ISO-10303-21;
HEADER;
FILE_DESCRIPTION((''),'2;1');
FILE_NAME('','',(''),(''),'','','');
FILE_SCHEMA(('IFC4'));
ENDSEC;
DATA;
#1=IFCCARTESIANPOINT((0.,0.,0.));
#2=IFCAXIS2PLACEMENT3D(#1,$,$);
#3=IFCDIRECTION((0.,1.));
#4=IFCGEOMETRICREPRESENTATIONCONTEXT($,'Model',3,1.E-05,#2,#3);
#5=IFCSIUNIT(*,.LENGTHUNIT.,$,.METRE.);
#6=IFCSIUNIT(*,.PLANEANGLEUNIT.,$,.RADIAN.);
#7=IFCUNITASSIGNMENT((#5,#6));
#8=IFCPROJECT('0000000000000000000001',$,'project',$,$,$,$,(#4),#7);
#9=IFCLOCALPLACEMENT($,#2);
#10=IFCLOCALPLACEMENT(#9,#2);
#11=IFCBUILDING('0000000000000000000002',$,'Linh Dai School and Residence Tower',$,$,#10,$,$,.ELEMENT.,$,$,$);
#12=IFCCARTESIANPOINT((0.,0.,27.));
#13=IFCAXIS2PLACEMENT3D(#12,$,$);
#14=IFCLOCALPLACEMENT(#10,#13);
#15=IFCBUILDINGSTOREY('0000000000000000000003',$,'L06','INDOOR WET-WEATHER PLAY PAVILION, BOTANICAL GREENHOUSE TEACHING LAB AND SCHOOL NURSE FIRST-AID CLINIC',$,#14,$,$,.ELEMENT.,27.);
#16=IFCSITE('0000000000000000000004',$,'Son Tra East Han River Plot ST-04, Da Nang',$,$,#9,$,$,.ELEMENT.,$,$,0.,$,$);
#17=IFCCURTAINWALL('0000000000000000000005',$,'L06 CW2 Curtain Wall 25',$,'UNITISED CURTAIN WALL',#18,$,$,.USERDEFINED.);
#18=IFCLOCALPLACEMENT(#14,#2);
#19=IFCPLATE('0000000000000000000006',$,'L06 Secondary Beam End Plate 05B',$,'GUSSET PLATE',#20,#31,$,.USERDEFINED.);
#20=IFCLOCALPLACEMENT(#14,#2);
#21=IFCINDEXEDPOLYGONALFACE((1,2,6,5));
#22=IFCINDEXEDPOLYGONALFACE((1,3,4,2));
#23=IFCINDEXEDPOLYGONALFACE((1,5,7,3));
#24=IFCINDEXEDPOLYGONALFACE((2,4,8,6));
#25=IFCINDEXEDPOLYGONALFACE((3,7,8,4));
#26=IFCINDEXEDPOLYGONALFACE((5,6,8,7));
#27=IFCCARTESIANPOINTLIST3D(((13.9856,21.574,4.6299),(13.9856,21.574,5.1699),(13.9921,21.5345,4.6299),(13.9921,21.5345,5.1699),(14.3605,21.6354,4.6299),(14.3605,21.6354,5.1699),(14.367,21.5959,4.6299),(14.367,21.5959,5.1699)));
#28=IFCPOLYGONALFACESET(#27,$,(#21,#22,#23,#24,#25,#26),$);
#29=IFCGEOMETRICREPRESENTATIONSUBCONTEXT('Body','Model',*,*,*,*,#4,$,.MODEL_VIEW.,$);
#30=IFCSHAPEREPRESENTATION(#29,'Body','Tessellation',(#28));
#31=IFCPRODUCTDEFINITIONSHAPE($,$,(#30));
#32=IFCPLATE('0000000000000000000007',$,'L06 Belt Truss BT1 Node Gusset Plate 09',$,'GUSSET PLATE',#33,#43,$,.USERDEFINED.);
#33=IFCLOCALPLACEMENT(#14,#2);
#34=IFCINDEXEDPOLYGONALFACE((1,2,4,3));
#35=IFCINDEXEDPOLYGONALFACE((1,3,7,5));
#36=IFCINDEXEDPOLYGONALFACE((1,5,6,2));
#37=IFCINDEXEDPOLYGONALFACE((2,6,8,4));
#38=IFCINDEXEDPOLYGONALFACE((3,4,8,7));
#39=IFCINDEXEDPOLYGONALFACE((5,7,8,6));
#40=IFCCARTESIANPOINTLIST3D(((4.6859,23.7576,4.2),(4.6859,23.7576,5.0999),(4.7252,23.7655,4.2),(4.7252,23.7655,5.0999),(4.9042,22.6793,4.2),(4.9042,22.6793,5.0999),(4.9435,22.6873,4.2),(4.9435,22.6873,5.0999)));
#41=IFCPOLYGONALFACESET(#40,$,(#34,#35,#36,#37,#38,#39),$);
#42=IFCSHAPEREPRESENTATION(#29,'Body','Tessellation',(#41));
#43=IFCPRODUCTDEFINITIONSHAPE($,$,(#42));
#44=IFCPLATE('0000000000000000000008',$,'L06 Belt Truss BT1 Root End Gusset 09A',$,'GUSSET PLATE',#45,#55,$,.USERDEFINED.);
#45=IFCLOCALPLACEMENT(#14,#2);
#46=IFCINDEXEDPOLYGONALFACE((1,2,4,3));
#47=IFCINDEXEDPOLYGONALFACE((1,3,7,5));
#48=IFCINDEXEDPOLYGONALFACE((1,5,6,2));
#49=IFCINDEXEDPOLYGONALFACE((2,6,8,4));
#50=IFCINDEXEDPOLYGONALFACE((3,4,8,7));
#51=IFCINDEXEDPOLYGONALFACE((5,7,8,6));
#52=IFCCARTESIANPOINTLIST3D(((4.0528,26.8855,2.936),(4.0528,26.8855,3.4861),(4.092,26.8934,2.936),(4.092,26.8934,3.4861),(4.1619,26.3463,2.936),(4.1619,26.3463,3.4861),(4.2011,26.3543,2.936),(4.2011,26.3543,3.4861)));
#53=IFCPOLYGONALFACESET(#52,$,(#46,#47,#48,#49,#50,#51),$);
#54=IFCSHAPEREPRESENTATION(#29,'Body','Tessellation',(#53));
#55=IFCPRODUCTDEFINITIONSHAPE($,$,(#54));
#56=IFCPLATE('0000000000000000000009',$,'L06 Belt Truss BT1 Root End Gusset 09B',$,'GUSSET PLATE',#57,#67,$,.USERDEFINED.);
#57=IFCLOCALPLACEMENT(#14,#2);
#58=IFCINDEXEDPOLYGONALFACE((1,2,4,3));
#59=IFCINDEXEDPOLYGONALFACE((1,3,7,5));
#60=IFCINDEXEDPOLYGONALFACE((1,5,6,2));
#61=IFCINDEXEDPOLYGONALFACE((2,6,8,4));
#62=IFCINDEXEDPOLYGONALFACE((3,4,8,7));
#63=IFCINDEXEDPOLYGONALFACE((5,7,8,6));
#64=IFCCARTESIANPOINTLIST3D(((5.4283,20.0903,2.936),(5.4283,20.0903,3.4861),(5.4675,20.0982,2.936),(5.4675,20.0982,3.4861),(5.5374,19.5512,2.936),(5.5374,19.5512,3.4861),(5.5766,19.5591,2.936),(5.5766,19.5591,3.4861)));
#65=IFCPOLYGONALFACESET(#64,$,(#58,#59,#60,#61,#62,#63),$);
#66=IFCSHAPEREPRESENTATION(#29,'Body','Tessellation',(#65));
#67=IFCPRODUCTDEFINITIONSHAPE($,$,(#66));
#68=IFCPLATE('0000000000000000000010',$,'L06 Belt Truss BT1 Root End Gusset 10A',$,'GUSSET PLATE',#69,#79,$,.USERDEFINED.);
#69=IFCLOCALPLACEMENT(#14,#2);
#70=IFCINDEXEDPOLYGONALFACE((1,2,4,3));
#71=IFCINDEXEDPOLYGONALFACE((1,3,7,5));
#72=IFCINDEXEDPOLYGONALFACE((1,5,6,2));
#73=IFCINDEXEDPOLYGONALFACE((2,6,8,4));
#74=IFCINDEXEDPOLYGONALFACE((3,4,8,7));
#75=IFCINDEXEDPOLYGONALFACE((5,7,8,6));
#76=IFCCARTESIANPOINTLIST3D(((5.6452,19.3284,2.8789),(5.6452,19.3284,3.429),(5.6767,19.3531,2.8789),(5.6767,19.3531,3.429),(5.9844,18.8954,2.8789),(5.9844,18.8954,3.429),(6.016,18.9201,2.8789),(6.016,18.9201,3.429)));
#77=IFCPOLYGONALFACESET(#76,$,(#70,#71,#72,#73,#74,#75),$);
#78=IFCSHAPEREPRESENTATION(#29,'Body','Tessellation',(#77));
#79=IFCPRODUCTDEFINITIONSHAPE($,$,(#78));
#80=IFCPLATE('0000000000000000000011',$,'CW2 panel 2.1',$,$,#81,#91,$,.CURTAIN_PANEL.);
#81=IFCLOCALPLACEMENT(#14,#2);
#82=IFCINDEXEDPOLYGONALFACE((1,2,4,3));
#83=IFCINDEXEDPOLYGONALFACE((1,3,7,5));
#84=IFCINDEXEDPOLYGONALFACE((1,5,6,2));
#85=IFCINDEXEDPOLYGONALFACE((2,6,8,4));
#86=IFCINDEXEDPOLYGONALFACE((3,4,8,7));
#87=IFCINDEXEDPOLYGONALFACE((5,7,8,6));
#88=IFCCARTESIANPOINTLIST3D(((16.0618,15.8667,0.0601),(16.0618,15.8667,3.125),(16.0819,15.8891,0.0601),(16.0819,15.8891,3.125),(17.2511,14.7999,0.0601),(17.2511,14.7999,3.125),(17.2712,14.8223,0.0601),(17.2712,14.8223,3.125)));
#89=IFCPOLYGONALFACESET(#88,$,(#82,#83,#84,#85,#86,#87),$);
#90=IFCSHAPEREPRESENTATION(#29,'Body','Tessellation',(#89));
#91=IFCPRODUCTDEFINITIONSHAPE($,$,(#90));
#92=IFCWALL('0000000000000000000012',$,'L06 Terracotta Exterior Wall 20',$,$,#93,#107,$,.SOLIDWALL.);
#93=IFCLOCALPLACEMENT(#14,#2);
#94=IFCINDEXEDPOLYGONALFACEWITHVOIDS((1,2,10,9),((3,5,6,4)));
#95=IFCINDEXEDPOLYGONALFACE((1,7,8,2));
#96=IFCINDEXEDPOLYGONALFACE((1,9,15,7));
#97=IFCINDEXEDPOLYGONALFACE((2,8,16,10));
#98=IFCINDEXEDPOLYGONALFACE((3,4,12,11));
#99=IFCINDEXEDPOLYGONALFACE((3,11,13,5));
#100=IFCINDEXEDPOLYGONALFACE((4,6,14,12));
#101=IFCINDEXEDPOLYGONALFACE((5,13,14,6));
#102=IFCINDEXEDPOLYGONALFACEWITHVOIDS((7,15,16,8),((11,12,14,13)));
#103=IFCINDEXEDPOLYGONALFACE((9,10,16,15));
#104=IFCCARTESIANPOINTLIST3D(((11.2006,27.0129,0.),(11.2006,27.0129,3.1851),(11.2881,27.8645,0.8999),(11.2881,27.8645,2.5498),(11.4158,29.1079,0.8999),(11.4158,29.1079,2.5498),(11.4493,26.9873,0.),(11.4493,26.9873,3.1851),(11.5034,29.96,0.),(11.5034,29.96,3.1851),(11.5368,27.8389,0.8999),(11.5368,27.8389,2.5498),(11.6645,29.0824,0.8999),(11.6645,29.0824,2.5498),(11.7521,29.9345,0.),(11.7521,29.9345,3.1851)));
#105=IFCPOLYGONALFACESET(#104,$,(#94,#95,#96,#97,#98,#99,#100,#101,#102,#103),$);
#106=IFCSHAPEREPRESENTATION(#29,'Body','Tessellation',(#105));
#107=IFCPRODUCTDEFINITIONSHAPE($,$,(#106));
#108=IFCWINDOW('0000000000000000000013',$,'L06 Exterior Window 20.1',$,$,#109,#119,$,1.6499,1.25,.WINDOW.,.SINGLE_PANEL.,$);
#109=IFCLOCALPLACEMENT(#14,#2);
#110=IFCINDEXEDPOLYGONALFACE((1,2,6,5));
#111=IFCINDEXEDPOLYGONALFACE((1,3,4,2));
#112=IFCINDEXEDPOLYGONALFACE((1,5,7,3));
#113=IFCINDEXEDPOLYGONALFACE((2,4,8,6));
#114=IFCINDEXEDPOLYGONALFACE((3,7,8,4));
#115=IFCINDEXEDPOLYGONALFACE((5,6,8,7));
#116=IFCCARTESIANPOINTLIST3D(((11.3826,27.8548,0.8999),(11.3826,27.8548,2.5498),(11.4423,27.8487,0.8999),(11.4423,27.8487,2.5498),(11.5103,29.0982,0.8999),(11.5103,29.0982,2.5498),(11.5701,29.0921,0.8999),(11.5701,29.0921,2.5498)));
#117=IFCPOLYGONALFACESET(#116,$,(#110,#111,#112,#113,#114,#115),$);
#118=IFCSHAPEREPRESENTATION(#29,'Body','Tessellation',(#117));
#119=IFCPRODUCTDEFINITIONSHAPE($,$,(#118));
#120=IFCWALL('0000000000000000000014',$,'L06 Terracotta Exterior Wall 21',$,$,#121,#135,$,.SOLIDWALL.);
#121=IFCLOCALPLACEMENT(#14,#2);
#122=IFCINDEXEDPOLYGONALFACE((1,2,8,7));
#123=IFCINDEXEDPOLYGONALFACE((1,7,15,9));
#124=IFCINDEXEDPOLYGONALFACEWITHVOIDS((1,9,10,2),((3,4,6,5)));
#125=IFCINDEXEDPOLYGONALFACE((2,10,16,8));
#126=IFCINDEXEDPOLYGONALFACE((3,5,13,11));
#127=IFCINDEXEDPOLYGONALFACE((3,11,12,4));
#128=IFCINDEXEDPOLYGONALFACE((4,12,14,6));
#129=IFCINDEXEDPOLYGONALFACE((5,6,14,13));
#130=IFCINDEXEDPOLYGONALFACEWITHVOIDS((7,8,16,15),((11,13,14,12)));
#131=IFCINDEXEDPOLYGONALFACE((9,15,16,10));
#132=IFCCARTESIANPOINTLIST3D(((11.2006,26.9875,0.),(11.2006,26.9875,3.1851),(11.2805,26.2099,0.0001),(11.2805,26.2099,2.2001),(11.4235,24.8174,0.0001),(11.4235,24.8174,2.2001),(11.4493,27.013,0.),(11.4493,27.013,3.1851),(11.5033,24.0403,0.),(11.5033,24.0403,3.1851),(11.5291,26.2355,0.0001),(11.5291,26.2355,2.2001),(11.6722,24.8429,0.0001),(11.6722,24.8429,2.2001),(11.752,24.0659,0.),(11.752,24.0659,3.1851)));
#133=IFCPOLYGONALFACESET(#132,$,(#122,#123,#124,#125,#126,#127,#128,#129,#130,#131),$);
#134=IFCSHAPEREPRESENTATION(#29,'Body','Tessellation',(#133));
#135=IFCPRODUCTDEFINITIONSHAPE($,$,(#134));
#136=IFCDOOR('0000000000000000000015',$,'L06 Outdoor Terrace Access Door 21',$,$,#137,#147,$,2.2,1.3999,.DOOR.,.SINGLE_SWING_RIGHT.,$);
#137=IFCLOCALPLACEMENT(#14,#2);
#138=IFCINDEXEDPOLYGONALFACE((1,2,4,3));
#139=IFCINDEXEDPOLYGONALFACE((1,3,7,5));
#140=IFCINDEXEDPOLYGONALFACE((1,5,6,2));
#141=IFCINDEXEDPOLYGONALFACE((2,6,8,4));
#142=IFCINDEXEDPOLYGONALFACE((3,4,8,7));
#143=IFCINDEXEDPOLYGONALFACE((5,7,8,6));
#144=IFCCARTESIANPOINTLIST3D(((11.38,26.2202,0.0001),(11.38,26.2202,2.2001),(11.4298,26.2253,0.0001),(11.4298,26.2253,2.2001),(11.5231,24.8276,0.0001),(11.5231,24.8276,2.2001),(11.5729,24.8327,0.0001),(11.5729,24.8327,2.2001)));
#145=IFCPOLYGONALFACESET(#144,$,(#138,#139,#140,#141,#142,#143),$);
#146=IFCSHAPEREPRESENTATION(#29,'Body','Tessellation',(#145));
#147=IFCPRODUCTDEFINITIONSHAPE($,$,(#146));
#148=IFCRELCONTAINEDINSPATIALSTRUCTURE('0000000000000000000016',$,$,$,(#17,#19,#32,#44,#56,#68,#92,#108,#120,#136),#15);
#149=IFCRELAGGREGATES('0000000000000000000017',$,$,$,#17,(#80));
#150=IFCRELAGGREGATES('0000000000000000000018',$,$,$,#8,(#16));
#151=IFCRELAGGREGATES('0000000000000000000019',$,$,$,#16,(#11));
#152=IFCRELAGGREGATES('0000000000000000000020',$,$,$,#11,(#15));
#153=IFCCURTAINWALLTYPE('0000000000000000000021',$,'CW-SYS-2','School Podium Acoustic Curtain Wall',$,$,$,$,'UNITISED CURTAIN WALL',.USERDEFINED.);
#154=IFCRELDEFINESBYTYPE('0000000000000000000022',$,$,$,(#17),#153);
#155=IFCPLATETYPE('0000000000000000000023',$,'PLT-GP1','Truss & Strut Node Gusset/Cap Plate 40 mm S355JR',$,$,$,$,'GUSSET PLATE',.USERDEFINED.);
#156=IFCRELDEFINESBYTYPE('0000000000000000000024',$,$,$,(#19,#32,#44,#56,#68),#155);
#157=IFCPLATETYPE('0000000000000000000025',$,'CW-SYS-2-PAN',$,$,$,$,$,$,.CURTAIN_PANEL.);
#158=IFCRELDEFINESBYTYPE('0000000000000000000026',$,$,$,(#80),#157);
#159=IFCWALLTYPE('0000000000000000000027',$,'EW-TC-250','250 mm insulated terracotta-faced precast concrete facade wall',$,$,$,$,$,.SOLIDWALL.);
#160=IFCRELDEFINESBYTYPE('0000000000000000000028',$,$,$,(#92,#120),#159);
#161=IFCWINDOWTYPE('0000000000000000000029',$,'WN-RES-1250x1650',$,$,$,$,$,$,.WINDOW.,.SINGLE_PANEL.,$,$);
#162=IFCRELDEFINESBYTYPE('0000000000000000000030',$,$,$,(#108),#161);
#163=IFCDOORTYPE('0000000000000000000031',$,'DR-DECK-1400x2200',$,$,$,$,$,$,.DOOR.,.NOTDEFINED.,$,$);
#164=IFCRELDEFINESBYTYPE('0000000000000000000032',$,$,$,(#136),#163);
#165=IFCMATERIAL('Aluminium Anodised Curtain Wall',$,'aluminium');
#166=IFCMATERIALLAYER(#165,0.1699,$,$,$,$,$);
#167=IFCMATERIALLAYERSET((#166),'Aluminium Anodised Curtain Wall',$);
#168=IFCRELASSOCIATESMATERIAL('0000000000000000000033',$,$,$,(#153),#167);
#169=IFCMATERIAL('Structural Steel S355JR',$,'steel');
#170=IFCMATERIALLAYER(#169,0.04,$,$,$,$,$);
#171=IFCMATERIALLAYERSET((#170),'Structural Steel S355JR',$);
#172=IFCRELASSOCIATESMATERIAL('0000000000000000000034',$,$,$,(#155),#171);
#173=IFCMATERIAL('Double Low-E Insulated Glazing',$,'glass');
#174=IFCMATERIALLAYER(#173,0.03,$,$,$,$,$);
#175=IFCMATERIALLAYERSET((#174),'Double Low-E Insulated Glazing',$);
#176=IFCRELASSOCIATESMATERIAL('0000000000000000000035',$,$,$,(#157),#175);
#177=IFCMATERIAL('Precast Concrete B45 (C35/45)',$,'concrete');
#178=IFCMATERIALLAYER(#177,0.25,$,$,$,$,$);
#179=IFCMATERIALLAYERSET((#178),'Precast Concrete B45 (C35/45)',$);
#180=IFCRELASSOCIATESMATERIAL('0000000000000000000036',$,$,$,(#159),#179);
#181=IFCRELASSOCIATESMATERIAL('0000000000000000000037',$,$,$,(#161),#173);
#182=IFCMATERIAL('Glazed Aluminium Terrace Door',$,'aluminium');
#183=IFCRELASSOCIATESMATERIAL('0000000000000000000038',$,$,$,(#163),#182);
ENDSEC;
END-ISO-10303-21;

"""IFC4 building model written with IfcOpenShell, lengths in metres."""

from ifc_helpers import new_model, si_unit, direction, frame, frame_2d, origin, origin_2d, place, context, subcontext, project, spatial, rectangle, extrude, source, transform, mapped, material, layer, layer_set, type_object, element, fill, aggregate, save


model = new_model("IFC4")

# Units and contexts
model_context = context("Model", 3, precision=1e-05, world=origin(), true_north=direction((0.0, 1.0)))
body_context = subcontext(model_context, "Body", "Model", "MODEL_VIEW")
ifc_project = project(units=[si_unit("LENGTHUNIT", "METRE"), si_unit("PLANEANGLEUNIT", "RADIAN")], contexts=[model_context])

# Site, building, storey
site_placement = place(None, origin())
site = spatial("IfcSite", under=ifc_project, at=site_placement, Name="Son Tra East Han River Plot ST-04, Da Nang", CompositionType="ELEMENT", RefElevation=0.0)
building_placement = place(site_placement, origin())
building = spatial("IfcBuilding", under=site, at=building_placement, Name="Linh Dai School and Residence Tower", CompositionType="ELEMENT")
storey_placement = place(building_placement, frame((0.0, 0.0, 27.0)))
storey = spatial("IfcBuildingStorey", under=building, at=storey_placement, Name="L06", Description="INDOOR WET-WEATHER PLAY PAVILION, BOTANICAL GREENHOUSE TEACHING LAB AND SCHOOL NURSE FIRST-AID CLINIC", CompositionType="ELEMENT", Elevation=27.0)

# Shared definitions
ifc_material_1 = material(Name="Structural Steel S355JR", Category="steel")

# Curtain wall
ifc_material_2 = material(Name="Aluminium Anodised Curtain Wall", Category="aluminium")
ifc_layer_1 = layer(ifc_material_2, 0.1699)
ifc_layer_set_1 = layer_set([ifc_layer_1], Name="Aluminium Anodised Curtain Wall")
curtain_wall_type = type_object("IfcCurtainWallType", Name="CW-SYS-2", Description="School Podium Acoustic Curtain Wall", ElementType="UNITISED CURTAIN WALL", PredefinedType="USERDEFINED", material=ifc_layer_set_1)
curtain_wall_placement = place(storey_placement, origin())
curtain_wall = element("IfcCurtainWall", 1, at=curtain_wall_placement, inside=storey, type_object=curtain_wall_type, Name="L06 CW2 Curtain Wall 25", ObjectType="UNITISED CURTAIN WALL", PredefinedType="USERDEFINED")

# Plates
ifc_layer_2 = layer(ifc_material_1, 0.04)
ifc_layer_set_2 = layer_set([ifc_layer_2], Name="Structural Steel S355JR")
plate_type_1 = type_object("IfcPlateType", Name="PLT-GP1", Description="Truss & Strut Node Gusset/Cap Plate 40 mm S355JR", ElementType="GUSSET PLATE", PredefinedType="USERDEFINED", material=ifc_layer_set_2)
shared_shape_1 = source(origin(), body_context, "Body", "SweptSolid", [
    extrude(rectangle(XDim=0.04, YDim=0.3799, at=origin_2d()), origin(), (0.0, 0.0, 1.0), 0.54),
])
for number, where, z_axis, x_axis, name in (
    (2, (14.1763, 21.585, 4.6299), (0.0, 0.0, 1.0), (0.161522, -0.986869, 0.0), "L06 Secondary Beam End Plate 05B"),
):
    element("IfcPlate", number, at=place(storey_placement, frame(where, z_axis=z_axis, x_axis=x_axis)), inside=storey, type_object=plate_type_1, Name=name, ObjectType="GUSSET PLATE", PredefinedType="USERDEFINED", context=body_context, shape_type="MappedRepresentation", body=[
        mapped(shared_shape_1, transform((0.0, 0.0, 0.0), x_axis=(1.0, 0.0, 0.0), y_axis=(0.0, 1.0, 0.0), z_axis=(0.0, 0.0, 1.0), scale=1.0)),
    ])
shared_shape_2 = source(origin(), body_context, "Body", "SweptSolid", [
    extrude(rectangle(XDim=1.1001, YDim=0.04, at=origin_2d()), origin(), (0.0, 0.0, 1.0), 0.8999),
])
plate_1_placement = place(storey_placement, frame((4.8147, 23.2224, 4.2), z_axis=(0.0, 0.0, 1.0), x_axis=(0.198412, -0.980119, 0.0)))
element("IfcPlate", 3, at=plate_1_placement, inside=storey, type_object=plate_type_1, Name="L06 Belt Truss BT1 Node Gusset Plate 09", ObjectType="GUSSET PLATE", PredefinedType="USERDEFINED", context=body_context, shape_type="MappedRepresentation", body=[
    mapped(shared_shape_2, transform((0.0, 0.0, 0.0), x_axis=(1.0, 0.0, 0.0), y_axis=(0.0, 1.0, 0.0), z_axis=(0.0, 0.0, 1.0), scale=1.0)),
])
shared_shape_3 = source(origin(), body_context, "Body", "SweptSolid", [
    extrude(rectangle(XDim=0.55, YDim=0.04, at=origin_2d()), origin(), (0.0, 0.0, 1.0), 0.55),
])
for number, where, z_axis, x_axis, name in (
    (4, (4.127, 26.6199, 2.936), (0.0, 0.0, 1.0), (0.198412, -0.980119, 0.0), "L06 Belt Truss BT1 Root End Gusset 09A"),
    (5, (5.5024, 19.8247, 2.936), (0.0, 0.0, 1.0), (0.198412, -0.980119, 0.0), "L06 Belt Truss BT1 Root End Gusset 09B"),
    (6, (5.8306, 19.1243, 2.8789), (0.0, 0.0, 1.0), (0.616819, -0.787105, 0.0), "L06 Belt Truss BT1 Root End Gusset 10A"),
):
    element("IfcPlate", number, at=place(storey_placement, frame(where, z_axis=z_axis, x_axis=x_axis)), inside=storey, type_object=plate_type_1, Name=name, ObjectType="GUSSET PLATE", PredefinedType="USERDEFINED", context=body_context, shape_type="MappedRepresentation", body=[
        mapped(shared_shape_3, transform((0.0, 0.0, 0.0), x_axis=(1.0, 0.0, 0.0), y_axis=(0.0, 1.0, 0.0), z_axis=(0.0, 0.0, 1.0), scale=1.0)),
    ])

# Plate
ifc_material_3 = material(Name="Double Low-E Insulated Glazing", Category="glass")
ifc_layer_3 = layer(ifc_material_3, 0.03)
ifc_layer_set_3 = layer_set([ifc_layer_3], Name="Double Low-E Insulated Glazing")
plate_type_2 = type_object("IfcPlateType", Name="CW-SYS-2-PAN", PredefinedType="CURTAIN_PANEL", material=ifc_layer_set_3)
shared_shape_4 = source(origin(), body_context, "Body", "SweptSolid", [
    extrude(rectangle(XDim=1.5977, YDim=0.03, at=origin_2d()), origin(), (0.0, 0.0, 1.0), 3.0649),
])
plate_2_placement = place(storey_placement, frame((16.6665, 15.3445, 0.0601), z_axis=(0.0, 0.0, 1.0), x_axis=(-0.744403, 0.667731, 0.0)))
plate_2 = element("IfcPlate", 7, at=plate_2_placement, type_object=plate_type_2, Name="CW2 panel 2.1", PredefinedType="CURTAIN_PANEL", context=body_context, shape_type="MappedRepresentation", body=[
    mapped(shared_shape_4, transform((0.0, 0.0, 0.0), x_axis=(1.0, 0.0, 0.0), y_axis=(0.0, 1.0, 0.0), z_axis=(0.0, 0.0, 1.0), scale=1.0)),
])
aggregate(curtain_wall, [plate_2])

# Wall, opening, window
ifc_material_4 = material(Name="Precast Concrete B45 (C35/45)", Category="concrete")
ifc_layer_4 = layer(ifc_material_4, 0.25)
ifc_layer_set_4 = layer_set([ifc_layer_4], Name="Precast Concrete B45 (C35/45)")
wall_type_1 = type_object("IfcWallType", Name="EW-TC-250", Description="250 mm insulated terracotta-faced precast concrete facade wall", PredefinedType="SOLIDWALL", material=ifc_layer_set_4)
wall_1_placement = place(storey_placement, frame((11.325, 27.0, 0.0), z_axis=(0.0, 0.0, 1.0), x_axis=(0.102188, 0.994765, 0.0)))
wall_1 = element("IfcWall", 8, at=wall_1_placement, inside=storey, type_object=wall_type_1, Name="L06 Terracotta Exterior Wall 20", PredefinedType="SOLIDWALL", context=body_context, shape_type="SweptSolid", body=[
    extrude(rectangle(XDim=2.9626, YDim=0.25, at=frame_2d((1.4814, 0.0))), origin(), (0.0, 0.0, 1.0), 3.1851),
])
opening_1_placement = place(wall_1_placement, frame((0.8562, 0.0, 0.8999)))
opening_1 = element("IfcOpeningElement", 9, at=opening_1_placement, cuts=wall_1, PredefinedType="OPENING", context=body_context, shape_type="SweptSolid", body=[
    extrude(rectangle(XDim=1.25, YDim=1.6499, at=origin_2d()), frame((0.625, 0.135, 0.825), z_axis=(0.0, -1.0, 0.0), x_axis=(1.0, 0.0, 0.0)), (0.0, 0.0, 1.0), 0.27),
])
window_type_1 = type_object("IfcWindowType", Name="WN-RES-1250x1650", PartitioningType="SINGLE_PANEL", PredefinedType="WINDOW", material=ifc_material_3)
shared_shape_5 = source(origin(), body_context, "Body", "SweptSolid", [
    extrude(rectangle(XDim=1.25, YDim=1.6499, at=origin_2d()), frame((0.625, 0.03, 0.825), z_axis=(0.0, -1.0, 0.0), x_axis=(1.0, 0.0, 0.0)), (0.0, 0.0, 1.0), 0.0601),
])
window_1_placement = place(opening_1_placement, origin())
window_1 = element("IfcWindow", 10, at=window_1_placement, inside=storey, type_object=window_type_1, Name="L06 Exterior Window 20.1", OverallHeight=1.6499, OverallWidth=1.25, PartitioningType="SINGLE_PANEL", PredefinedType="WINDOW", context=body_context, shape_type="MappedRepresentation", body=[
    mapped(shared_shape_5, transform((0.0, 0.0, 0.0), x_axis=(1.0, 0.0, 0.0), y_axis=(0.0, 1.0, 0.0), z_axis=(0.0, 0.0, 1.0), scale=1.0)),
])
fill(opening_1, window_1)

# Wall, opening, door
wall_2_placement = place(storey_placement, frame((11.6277, 24.053, 0.0), z_axis=(0.0, 0.0, 1.0), x_axis=(-0.102188, 0.994765, 0.0)))
wall_2 = element("IfcWall", 11, at=wall_2_placement, inside=storey, type_object=wall_type_1, Name="L06 Terracotta Exterior Wall 21", PredefinedType="SOLIDWALL", context=body_context, shape_type="SweptSolid", body=[
    extrude(rectangle(XDim=2.9626, YDim=0.25, at=frame_2d((1.4814, 0.0))), origin(), (0.0, 0.0, 1.0), 3.1851),
])
opening_2_placement = place(wall_2_placement, frame((0.7812, 0.0, 0.0)))
opening_2 = element("IfcOpeningElement", 12, at=opening_2_placement, cuts=wall_2, PredefinedType="OPENING", context=body_context, shape_type="SweptSolid", body=[
    extrude(rectangle(XDim=1.3999, YDim=2.2, at=origin_2d()), frame((0.7, 0.135, 1.1001), z_axis=(0.0, -1.0, 0.0), x_axis=(1.0, 0.0, 0.0)), (0.0, 0.0, 1.0), 0.27),
])
ifc_material_5 = material(Name="Glazed Aluminium Terrace Door", Category="aluminium")
door_type = type_object("IfcDoorType", Name="DR-DECK-1400x2200", OperationType="NOTDEFINED", PredefinedType="DOOR", material=ifc_material_5)
shared_shape_6 = source(origin(), body_context, "Body", "SweptSolid", [
    extrude(rectangle(XDim=1.3999, YDim=2.2, at=origin_2d()), frame((0.7, 0.0249, 1.1001), z_axis=(0.0, -1.0, 0.0), x_axis=(1.0, 0.0, 0.0)), (0.0, 0.0, 1.0), 0.05),
])
door_placement = place(opening_2_placement, origin())
door = element("IfcDoor", 13, at=door_placement, inside=storey, type_object=door_type, Name="L06 Outdoor Terrace Access Door 21", OperationType="SINGLE_SWING_RIGHT", OverallHeight=2.2, OverallWidth=1.3999, PredefinedType="DOOR", context=body_context, shape_type="MappedRepresentation", body=[
    mapped(shared_shape_6, transform((0.0, 0.0, 0.0), x_axis=(1.0, 0.0, 0.0), y_axis=(0.0, 1.0, 0.0), z_axis=(0.0, 0.0, 1.0), scale=1.0)),
])
fill(opening_2, door)

save(model, "model.ifc")
